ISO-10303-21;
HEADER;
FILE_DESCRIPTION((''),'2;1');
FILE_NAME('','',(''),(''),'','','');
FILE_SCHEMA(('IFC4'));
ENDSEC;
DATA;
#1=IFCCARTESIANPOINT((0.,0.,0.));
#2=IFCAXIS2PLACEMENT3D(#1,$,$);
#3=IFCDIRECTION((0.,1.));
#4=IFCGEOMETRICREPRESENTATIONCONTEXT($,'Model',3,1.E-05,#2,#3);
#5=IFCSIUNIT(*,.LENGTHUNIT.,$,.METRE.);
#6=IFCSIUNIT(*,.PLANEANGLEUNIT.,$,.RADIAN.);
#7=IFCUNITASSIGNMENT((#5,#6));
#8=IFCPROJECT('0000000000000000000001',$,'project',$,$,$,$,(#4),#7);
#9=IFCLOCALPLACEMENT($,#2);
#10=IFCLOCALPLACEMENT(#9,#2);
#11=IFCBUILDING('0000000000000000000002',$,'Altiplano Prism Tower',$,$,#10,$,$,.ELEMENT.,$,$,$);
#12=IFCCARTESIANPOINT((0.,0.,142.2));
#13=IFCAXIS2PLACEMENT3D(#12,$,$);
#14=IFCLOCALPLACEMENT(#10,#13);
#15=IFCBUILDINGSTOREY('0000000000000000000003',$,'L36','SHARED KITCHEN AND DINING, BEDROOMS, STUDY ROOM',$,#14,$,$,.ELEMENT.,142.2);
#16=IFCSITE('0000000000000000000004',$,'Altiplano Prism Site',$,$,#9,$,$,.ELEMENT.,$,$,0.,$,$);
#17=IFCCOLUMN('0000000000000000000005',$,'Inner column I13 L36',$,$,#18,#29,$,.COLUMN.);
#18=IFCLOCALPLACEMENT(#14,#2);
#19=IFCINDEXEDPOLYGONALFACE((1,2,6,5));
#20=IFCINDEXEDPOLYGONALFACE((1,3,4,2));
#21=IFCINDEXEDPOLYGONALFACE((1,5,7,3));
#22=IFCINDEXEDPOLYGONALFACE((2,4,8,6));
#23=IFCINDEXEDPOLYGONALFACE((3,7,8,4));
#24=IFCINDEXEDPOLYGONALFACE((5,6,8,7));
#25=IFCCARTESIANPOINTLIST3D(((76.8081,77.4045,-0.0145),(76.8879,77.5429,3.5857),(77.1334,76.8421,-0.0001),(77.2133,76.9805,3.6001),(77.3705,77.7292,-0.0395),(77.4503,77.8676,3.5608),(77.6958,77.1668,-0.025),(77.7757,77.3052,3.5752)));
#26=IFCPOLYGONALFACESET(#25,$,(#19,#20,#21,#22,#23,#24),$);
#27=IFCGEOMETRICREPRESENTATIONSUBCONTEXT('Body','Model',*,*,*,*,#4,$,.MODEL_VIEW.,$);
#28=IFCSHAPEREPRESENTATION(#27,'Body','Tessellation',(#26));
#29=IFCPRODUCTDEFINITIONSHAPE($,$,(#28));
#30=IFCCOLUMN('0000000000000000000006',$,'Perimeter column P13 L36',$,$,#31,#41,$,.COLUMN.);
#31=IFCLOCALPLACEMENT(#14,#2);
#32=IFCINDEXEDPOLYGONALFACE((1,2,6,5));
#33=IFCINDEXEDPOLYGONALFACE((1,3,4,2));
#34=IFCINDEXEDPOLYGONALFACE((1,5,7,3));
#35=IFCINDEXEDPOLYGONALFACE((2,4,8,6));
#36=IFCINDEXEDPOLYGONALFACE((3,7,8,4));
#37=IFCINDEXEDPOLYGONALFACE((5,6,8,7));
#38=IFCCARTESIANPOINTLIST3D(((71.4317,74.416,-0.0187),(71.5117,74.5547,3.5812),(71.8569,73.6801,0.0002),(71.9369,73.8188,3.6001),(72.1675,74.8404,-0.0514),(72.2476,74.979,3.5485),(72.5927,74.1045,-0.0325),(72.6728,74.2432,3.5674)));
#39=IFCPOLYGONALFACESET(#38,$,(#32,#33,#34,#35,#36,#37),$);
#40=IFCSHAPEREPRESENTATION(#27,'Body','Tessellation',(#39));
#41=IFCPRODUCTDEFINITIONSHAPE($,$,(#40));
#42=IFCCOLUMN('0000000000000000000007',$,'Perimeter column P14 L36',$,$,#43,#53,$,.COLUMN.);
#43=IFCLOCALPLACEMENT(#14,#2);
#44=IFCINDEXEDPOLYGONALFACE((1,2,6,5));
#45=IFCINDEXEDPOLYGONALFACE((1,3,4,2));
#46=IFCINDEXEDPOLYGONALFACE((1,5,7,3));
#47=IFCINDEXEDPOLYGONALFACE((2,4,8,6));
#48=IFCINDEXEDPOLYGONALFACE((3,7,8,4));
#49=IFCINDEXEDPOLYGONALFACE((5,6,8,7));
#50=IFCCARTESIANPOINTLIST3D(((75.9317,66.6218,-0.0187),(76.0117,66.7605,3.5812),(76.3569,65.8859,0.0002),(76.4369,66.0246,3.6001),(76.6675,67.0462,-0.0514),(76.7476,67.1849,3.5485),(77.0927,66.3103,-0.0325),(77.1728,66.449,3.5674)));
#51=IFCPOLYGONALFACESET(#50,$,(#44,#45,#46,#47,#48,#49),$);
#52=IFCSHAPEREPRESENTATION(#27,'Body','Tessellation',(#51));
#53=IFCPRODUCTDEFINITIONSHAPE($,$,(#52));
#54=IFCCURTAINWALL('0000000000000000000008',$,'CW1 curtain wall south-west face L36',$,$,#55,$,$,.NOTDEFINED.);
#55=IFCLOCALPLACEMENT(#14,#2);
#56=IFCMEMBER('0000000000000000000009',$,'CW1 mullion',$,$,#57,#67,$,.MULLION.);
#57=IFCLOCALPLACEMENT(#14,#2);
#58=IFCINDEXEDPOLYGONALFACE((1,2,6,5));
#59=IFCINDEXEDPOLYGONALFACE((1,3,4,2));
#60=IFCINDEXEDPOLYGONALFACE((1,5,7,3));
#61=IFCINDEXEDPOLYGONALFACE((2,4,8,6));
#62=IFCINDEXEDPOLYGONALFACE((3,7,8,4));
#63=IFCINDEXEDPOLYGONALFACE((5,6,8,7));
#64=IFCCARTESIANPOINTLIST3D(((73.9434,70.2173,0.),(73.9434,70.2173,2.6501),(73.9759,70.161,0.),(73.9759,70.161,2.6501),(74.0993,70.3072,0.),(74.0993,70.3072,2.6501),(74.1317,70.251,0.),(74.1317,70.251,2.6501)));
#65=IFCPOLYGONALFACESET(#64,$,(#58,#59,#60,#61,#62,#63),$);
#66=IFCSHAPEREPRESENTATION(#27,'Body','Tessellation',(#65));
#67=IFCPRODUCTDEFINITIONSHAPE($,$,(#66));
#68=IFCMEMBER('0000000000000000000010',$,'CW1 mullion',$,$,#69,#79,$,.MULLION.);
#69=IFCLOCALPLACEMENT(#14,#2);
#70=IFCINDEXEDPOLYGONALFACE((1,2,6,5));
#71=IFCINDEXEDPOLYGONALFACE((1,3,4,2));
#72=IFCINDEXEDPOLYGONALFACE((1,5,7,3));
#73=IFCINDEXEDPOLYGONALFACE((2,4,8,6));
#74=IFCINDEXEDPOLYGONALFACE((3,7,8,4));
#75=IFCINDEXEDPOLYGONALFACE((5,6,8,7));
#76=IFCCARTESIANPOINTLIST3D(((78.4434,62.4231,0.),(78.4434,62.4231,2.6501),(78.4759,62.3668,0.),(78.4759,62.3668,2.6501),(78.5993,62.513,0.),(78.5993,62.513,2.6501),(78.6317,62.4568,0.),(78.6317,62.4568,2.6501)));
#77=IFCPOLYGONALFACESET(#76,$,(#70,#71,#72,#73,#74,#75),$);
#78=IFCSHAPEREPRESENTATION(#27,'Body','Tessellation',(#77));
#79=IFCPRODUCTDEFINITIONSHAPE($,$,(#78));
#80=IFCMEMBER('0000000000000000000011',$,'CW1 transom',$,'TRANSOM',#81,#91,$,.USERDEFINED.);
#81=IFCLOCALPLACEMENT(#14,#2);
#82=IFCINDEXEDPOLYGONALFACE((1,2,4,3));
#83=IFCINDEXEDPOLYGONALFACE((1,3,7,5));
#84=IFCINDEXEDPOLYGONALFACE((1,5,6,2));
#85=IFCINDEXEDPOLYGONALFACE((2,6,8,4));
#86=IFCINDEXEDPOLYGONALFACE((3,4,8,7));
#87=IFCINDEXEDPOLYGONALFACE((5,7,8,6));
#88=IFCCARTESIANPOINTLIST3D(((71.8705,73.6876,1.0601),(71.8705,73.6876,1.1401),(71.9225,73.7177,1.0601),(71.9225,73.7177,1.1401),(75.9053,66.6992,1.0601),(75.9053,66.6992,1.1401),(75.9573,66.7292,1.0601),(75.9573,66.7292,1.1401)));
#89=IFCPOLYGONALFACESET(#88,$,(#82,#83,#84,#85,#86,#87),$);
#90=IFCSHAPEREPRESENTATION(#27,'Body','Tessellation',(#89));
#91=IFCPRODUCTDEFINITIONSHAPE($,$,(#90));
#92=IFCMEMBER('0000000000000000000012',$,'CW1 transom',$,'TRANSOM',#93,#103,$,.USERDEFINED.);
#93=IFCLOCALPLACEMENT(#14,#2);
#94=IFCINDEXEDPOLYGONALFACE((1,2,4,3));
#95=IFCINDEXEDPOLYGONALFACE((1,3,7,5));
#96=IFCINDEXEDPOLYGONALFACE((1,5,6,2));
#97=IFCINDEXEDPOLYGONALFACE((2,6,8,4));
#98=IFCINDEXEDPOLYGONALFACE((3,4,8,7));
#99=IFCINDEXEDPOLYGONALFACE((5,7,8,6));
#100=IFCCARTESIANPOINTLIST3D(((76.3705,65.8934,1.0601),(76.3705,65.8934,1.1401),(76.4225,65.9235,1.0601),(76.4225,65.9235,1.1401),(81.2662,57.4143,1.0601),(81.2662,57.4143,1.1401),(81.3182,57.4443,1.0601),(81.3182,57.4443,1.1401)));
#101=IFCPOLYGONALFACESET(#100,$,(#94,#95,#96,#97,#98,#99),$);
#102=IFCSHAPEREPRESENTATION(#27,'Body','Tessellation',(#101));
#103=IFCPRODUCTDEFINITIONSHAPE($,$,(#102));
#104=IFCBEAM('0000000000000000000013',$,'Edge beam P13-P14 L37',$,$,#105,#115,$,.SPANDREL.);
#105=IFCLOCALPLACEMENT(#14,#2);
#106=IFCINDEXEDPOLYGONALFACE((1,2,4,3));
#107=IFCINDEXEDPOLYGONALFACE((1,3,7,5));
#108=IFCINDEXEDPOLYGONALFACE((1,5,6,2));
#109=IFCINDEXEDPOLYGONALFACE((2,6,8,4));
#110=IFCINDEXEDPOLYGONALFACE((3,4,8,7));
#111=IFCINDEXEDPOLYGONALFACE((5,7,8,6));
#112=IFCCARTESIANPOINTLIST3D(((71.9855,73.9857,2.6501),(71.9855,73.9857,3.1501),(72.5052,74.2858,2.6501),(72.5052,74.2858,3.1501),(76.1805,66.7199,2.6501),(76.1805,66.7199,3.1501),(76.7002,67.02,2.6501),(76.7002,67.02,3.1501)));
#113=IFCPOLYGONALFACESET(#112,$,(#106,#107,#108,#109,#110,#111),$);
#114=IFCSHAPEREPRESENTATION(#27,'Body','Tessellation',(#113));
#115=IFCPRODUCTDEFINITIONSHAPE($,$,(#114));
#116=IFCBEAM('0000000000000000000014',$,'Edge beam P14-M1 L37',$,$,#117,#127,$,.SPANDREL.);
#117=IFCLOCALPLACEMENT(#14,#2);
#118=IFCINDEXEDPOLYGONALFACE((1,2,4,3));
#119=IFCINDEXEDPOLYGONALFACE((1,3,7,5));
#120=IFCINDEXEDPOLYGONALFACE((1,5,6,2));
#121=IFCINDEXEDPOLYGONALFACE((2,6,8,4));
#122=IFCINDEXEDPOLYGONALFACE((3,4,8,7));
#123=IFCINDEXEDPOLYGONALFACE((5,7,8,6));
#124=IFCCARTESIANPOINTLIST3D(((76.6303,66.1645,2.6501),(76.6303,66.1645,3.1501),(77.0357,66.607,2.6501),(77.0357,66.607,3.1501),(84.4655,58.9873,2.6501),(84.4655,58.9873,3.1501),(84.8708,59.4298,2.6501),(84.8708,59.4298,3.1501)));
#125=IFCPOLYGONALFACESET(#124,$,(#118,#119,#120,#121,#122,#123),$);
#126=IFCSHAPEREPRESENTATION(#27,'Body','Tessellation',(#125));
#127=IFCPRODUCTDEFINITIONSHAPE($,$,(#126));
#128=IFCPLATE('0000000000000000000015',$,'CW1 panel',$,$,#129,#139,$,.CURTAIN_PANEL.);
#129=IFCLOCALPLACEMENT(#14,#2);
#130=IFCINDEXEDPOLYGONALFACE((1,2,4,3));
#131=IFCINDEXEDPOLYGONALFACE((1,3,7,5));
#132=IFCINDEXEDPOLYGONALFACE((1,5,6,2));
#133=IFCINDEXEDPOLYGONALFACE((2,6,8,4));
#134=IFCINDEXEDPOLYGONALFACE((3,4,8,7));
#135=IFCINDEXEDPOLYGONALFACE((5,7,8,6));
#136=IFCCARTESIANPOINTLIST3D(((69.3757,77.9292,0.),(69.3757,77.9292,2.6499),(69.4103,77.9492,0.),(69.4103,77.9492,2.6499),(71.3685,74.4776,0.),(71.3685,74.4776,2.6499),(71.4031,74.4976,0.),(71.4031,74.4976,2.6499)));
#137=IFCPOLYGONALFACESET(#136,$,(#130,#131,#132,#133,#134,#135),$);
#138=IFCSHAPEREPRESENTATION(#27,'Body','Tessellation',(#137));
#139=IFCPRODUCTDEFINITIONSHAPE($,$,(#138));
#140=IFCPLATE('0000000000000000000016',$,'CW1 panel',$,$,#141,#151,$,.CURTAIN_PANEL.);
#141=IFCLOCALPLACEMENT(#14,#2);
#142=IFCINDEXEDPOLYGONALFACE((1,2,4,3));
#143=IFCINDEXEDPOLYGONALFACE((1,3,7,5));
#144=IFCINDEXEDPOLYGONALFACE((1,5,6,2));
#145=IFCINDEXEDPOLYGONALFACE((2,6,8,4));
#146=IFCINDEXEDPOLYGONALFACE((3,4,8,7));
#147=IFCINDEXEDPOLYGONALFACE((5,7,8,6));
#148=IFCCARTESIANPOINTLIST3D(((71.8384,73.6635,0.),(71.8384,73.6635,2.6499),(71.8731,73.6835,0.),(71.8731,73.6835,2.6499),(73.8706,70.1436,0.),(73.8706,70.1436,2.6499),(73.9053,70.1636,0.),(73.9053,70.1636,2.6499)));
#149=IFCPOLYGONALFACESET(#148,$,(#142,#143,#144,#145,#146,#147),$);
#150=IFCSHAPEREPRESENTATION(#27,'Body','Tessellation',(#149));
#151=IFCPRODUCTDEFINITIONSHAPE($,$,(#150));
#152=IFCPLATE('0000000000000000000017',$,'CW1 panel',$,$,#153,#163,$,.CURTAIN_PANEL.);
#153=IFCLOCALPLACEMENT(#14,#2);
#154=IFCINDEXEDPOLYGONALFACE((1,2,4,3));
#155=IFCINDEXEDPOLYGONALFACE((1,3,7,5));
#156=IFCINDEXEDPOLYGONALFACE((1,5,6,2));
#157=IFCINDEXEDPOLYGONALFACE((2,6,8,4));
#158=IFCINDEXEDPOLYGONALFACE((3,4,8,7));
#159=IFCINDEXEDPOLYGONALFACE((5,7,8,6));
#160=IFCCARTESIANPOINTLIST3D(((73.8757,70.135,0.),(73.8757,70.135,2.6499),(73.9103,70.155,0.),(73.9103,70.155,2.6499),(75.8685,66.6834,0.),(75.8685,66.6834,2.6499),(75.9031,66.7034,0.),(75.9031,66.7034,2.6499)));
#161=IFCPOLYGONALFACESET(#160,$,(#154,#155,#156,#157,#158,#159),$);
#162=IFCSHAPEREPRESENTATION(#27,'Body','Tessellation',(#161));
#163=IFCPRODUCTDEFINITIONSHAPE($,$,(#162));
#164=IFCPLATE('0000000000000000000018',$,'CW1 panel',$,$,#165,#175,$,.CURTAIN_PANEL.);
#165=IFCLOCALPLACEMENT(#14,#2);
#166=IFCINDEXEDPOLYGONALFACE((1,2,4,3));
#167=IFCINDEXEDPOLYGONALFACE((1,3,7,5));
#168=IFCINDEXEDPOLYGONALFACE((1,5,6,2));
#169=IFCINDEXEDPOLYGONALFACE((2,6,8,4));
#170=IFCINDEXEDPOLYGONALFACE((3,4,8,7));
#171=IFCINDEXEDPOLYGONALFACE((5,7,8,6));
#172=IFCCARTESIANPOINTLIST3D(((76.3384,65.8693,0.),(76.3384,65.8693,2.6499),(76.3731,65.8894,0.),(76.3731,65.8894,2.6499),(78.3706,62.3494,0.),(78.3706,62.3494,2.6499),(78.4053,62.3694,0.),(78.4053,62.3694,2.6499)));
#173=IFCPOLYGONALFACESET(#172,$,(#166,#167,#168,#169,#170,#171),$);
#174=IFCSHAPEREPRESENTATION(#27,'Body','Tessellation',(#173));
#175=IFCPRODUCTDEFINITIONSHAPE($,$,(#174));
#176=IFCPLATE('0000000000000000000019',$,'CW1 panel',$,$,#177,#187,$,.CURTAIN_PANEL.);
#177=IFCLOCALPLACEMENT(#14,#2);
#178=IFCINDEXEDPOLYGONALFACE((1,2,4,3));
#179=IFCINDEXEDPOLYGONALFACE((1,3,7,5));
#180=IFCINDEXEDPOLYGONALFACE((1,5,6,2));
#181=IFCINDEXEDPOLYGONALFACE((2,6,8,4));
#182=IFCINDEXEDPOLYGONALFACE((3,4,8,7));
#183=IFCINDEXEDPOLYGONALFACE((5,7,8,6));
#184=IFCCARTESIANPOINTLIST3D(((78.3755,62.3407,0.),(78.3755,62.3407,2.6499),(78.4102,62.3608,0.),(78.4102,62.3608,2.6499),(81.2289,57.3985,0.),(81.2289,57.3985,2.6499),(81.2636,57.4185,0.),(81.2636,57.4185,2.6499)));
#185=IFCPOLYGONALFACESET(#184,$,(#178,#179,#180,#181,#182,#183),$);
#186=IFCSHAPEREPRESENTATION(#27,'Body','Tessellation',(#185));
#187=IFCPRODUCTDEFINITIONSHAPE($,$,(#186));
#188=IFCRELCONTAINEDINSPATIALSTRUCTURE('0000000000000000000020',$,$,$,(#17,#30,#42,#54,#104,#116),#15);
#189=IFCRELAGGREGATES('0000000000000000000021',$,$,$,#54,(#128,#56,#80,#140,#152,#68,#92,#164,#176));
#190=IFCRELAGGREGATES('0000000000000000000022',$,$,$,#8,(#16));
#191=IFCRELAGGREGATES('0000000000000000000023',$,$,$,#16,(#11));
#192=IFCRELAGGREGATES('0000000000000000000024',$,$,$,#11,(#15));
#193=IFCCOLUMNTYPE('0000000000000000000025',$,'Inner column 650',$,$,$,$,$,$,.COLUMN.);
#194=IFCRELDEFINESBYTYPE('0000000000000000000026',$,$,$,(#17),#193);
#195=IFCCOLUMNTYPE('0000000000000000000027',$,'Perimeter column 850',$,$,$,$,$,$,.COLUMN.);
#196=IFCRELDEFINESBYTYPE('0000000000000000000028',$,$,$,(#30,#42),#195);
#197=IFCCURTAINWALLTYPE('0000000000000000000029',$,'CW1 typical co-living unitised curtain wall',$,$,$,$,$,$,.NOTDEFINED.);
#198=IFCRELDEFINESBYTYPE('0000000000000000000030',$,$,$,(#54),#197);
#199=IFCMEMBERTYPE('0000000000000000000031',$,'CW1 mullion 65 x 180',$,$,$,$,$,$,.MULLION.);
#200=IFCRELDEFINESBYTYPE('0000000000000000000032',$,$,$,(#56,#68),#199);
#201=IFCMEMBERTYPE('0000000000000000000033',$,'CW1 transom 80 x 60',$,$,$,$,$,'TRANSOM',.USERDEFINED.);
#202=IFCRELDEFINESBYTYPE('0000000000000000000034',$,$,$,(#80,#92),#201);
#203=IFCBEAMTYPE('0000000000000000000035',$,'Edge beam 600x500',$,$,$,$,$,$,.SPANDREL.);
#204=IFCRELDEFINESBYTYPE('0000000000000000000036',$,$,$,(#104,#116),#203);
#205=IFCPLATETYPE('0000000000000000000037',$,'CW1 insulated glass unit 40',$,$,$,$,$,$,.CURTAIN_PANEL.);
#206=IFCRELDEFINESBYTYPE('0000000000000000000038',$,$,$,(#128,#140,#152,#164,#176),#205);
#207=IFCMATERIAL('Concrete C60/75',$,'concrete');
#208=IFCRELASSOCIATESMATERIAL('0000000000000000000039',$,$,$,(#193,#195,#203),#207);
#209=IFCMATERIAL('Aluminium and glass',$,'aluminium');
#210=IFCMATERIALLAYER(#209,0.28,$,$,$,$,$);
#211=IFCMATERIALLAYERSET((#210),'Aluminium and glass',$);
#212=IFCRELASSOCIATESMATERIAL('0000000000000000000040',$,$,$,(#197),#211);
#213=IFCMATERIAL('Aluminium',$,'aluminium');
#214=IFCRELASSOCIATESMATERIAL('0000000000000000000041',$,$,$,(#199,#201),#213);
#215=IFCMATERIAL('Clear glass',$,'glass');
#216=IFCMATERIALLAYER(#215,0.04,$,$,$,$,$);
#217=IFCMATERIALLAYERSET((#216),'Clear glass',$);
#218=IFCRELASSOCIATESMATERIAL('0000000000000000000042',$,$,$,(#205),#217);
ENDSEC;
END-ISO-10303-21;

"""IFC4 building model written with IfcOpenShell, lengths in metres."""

from ifc_helpers import new_model, si_unit, direction, frame, origin, origin_2d, place, context, subcontext, project, spatial, rectangle, extrude, material, layer, layer_set, material_profile, profile_set, type_object, element, aggregate, save


model = new_model("IFC4")

# Units and contexts
model_context = context("Model", 3, precision=1e-05, world=origin(), true_north=direction((0.0, 1.0)))
body_context = subcontext(model_context, "Body", "Model", "MODEL_VIEW")
ifc_project = project(units=[si_unit("LENGTHUNIT", "METRE"), si_unit("PLANEANGLEUNIT", "RADIAN")], contexts=[model_context])

# Site, building, storey
site_placement = place(None, origin())
site = spatial("IfcSite", under=ifc_project, at=site_placement, Name="Altiplano Prism Site", CompositionType="ELEMENT", RefElevation=0.0)
building_placement = place(site_placement, origin())
building = spatial("IfcBuilding", under=site, at=building_placement, Name="Altiplano Prism Tower", CompositionType="ELEMENT")
storey_placement = place(building_placement, frame((0.0, 0.0, 142.2)))
storey = spatial("IfcBuildingStorey", under=building, at=storey_placement, Name="L36", Description="SHARED KITCHEN AND DINING, BEDROOMS, STUDY ROOM", CompositionType="ELEMENT", Elevation=142.2)

# Columns
ifc_material_1 = material(Name="Concrete C60/75", Category="concrete")
ifc_material_profile_1 = material_profile(ifc_material_1, rectangle(XDim=0.6499, YDim=0.6499, at=origin_2d()), Name="Inner column 650")
ifc_profile_set_1 = profile_set([ifc_material_profile_1], Name="Concrete C60/75")
column_type_1 = type_object("IfcColumnType", Name="Inner column 650", PredefinedType="COLUMN", material=ifc_profile_set_1)
column_placement = place(storey_placement, frame((77.252, 77.2856, -0.0198), z_axis=(0.022154, 0.038413, 0.999016), x_axis=(-0.865362, -0.499674, 0.038403)))
element("IfcColumn", 1, at=column_placement, inside=storey, type_object=column_type_1, Name="Inner column I13 L36", PredefinedType="COLUMN", context=body_context, shape_type="SweptSolid", body=[
    extrude(rectangle(XDim=0.6499, YDim=0.6499, at=origin_2d()), origin(), (0.0, 0.0, 1.0), 3.6038),
])
ifc_material_profile_2 = material_profile(ifc_material_1, rectangle(XDim=0.8501, YDim=0.8501, at=origin_2d()), Name="Perimeter column 850")
ifc_profile_set_2 = profile_set([ifc_material_profile_2], Name="Concrete C60/75")
column_type_2 = type_object("IfcColumnType", Name="Perimeter column 850", PredefinedType="COLUMN", material=ifc_profile_set_2)
for number, where, z_axis, x_axis, name in (
    (2, (72.0122, 74.2603, -0.0256), (0.022223, 0.038483, 0.999012), (-0.865639, -0.499187, 0.038485), "Perimeter column P13 L36"),
    (3, (76.5122, 66.4661, -0.0256), (0.022223, 0.038483, 0.999012), (-0.865639, -0.499187, 0.038485), "Perimeter column P14 L36"),
):
    element("IfcColumn", number, at=place(storey_placement, frame(where, z_axis=z_axis, x_axis=x_axis)), inside=storey, type_object=column_type_2, Name=name, PredefinedType="COLUMN", context=body_context, shape_type="SweptSolid", body=[
        extrude(rectangle(XDim=0.8501, YDim=0.8501, at=origin_2d()), origin(), (0.0, 0.0, 1.0), 3.6035),
    ])

# Curtain wall, members
ifc_material_2 = material(Name="Aluminium and glass", Category="aluminium")
ifc_layer_1 = layer(ifc_material_2, 0.28)
ifc_layer_set_1 = layer_set([ifc_layer_1], Name="Aluminium and glass")
curtain_wall_type = type_object("IfcCurtainWallType", Name="CW1 typical co-living unitised curtain wall", PredefinedType="NOTDEFINED", material=ifc_layer_set_1)
curtain_wall_placement = place(storey_placement, origin())
curtain_wall = element("IfcCurtainWall", 4, at=curtain_wall_placement, inside=storey, type_object=curtain_wall_type, Name="CW1 curtain wall south-west face L36", PredefinedType="NOTDEFINED")
ifc_material_3 = material(Name="Aluminium", Category="aluminium")
ifc_material_profile_3 = material_profile(ifc_material_3, rectangle(XDim=0.1799, YDim=0.0649, at=origin_2d()), Name="CW1 mullion 65 x 180")
ifc_profile_set_3 = profile_set([ifc_material_profile_3], Name="Aluminium")
member_type_1 = type_object("IfcMemberType", Name="CW1 mullion 65 x 180", PredefinedType="MULLION", material=ifc_profile_set_3)
member_1_placement = place(storey_placement, frame((74.0376, 70.2341, 0.0), z_axis=(0.0, 0.0, 1.0), x_axis=(0.866025, 0.5, 0.0)))
member_1 = element("IfcMember", 5, at=member_1_placement, type_object=member_type_1, Name="CW1 mullion", PredefinedType="MULLION", context=body_context, shape_type="SweptSolid", body=[
    extrude(rectangle(XDim=0.1799, YDim=0.0649, at=origin_2d()), origin(), (0.0, 0.0, 1.0), 2.6501),
])
member_2_placement = place(storey_placement, frame((78.5376, 62.4399, 0.0), z_axis=(0.0, 0.0, 1.0), x_axis=(0.866025, 0.5, 0.0)))
member_2 = element("IfcMember", 6, at=member_2_placement, type_object=member_type_1, Name="CW1 mullion", PredefinedType="MULLION", context=body_context, shape_type="SweptSolid", body=[
    extrude(rectangle(XDim=0.1799, YDim=0.0649, at=origin_2d()), origin(), (0.0, 0.0, 1.0), 2.6501),
])
ifc_material_profile_4 = material_profile(ifc_material_3, rectangle(XDim=0.0601, YDim=0.0801, at=origin_2d()), Name="CW1 transom 80 x 60")
ifc_profile_set_4 = profile_set([ifc_material_profile_4], Name="Aluminium")
member_type_2 = type_object("IfcMemberType", Name="CW1 transom 80 x 60", ElementType="TRANSOM", PredefinedType="USERDEFINED", material=ifc_profile_set_4)
member_3_placement = place(storey_placement, frame((71.8965, 73.7026, 1.1001), z_axis=(0.500008, -0.866021, 0.0), x_axis=(0.866021, 0.500008, 0.0)))
member_3 = element("IfcMember", 7, at=member_3_placement, type_object=member_type_2, Name="CW1 transom", ObjectType="TRANSOM", PredefinedType="USERDEFINED", context=body_context, shape_type="SweptSolid", body=[
    extrude(rectangle(XDim=0.0601, YDim=0.0801, at=origin_2d()), origin(), (0.0, 0.0, 1.0), 8.0696),
])
member_4_placement = place(storey_placement, frame((76.3965, 65.9084, 1.1001), z_axis=(0.50002, -0.866014, 0.0), x_axis=(0.866014, 0.50002, 0.0)))
member_4 = element("IfcMember", 8, at=member_4_placement, type_object=member_type_2, Name="CW1 transom", ObjectType="TRANSOM", PredefinedType="USERDEFINED", context=body_context, shape_type="SweptSolid", body=[
    extrude(rectangle(XDim=0.0601, YDim=0.0801, at=origin_2d()), origin(), (0.0, 0.0, 1.0), 9.791),
])

# Beams
ifc_material_profile_5 = material_profile(ifc_material_1, rectangle(XDim=0.6001, YDim=0.5, at=origin_2d()), Name="Edge beam 600x500")
ifc_profile_set_5 = profile_set([ifc_material_profile_5], Name="Concrete C60/75")
beam_type = type_object("IfcBeamType", Name="Edge beam 600x500", PredefinedType="SPANDREL", material=ifc_profile_set_5)
beam_1_placement = place(storey_placement, frame((72.2454, 74.1357, 2.9001), z_axis=(0.50001, -0.866019, 0.0), x_axis=(0.866019, 0.50001, 0.0)))
element("IfcBeam", 9, at=beam_1_placement, inside=storey, type_object=beam_type, Name="Edge beam P13-P14 L37", PredefinedType="SPANDREL", context=body_context, shape_type="SweptSolid", body=[
    extrude(rectangle(XDim=0.6001, YDim=0.5, at=origin_2d()), origin(), (0.0, 0.0, 1.0), 8.3899),
])
beam_2_placement = place(storey_placement, frame((76.833, 66.3857, 2.9001), z_axis=(0.73739, -0.675468, 0.0), x_axis=(0.675468, 0.73739, 0.0)))
element("IfcBeam", 10, at=beam_2_placement, inside=storey, type_object=beam_type, Name="Edge beam P14-M1 L37", PredefinedType="SPANDREL", context=body_context, shape_type="SweptSolid", body=[
    extrude(rectangle(XDim=0.6001, YDim=0.5, at=origin_2d()), origin(), (0.0, 0.0, 1.0), 10.6255),
])

# Plates
ifc_material_4 = material(Name="Clear glass", Category="glass")
ifc_layer_2 = layer(ifc_material_4, 0.04)
ifc_layer_set_2 = layer_set([ifc_layer_2], Name="Clear glass")
plate_type = type_object("IfcPlateType", Name="CW1 insulated glass unit 40", PredefinedType="CURTAIN_PANEL", material=ifc_layer_set_2)
plate_1_placement = place(storey_placement, frame((70.3894, 76.2134, 0.0), z_axis=(0.0, 0.0, 1.0), x_axis=(0.5, -0.866025, 0.0)))
plate_1 = element("IfcPlate", 11, at=plate_1_placement, type_object=plate_type, Name="CW1 panel", PredefinedType="CURTAIN_PANEL", context=body_context, shape_type="SweptSolid", body=[
    extrude(rectangle(XDim=3.9856, YDim=0.04, at=origin_2d()), origin(), (0.0, 0.0, 1.0), 2.6499),
])
plate_2_placement = place(storey_placement, frame((72.8718, 71.9136, 0.0), z_axis=(0.0, 0.0, 1.0), x_axis=(0.5, -0.866025, 0.0)))
plate_2 = element("IfcPlate", 12, at=plate_2_placement, type_object=plate_type, Name="CW1 panel", PredefinedType="CURTAIN_PANEL", context=body_context, shape_type="SweptSolid", body=[
    extrude(rectangle(XDim=4.0645, YDim=0.04, at=origin_2d()), origin(), (0.0, 0.0, 1.0), 2.6499),
])
plate_3_placement = place(storey_placement, frame((74.8894, 68.4192, 0.0), z_axis=(0.0, 0.0, 1.0), x_axis=(0.5, -0.866025, 0.0)))
plate_3 = element("IfcPlate", 13, at=plate_3_placement, type_object=plate_type, Name="CW1 panel", PredefinedType="CURTAIN_PANEL", context=body_context, shape_type="SweptSolid", body=[
    extrude(rectangle(XDim=3.9856, YDim=0.04, at=origin_2d()), origin(), (0.0, 0.0, 1.0), 2.6499),
])
plate_4_placement = place(storey_placement, frame((77.3718, 64.1194, 0.0), z_axis=(0.0, 0.0, 1.0), x_axis=(0.5, -0.866025, 0.0)))
plate_4 = element("IfcPlate", 14, at=plate_4_placement, type_object=plate_type, Name="CW1 panel", PredefinedType="CURTAIN_PANEL", context=body_context, shape_type="SweptSolid", body=[
    extrude(rectangle(XDim=4.0645, YDim=0.04, at=origin_2d()), origin(), (0.0, 0.0, 1.0), 2.6499),
])
plate_5_placement = place(storey_placement, frame((79.8196, 59.8796, 0.0), z_axis=(0.0, 0.0, 1.0), x_axis=(0.5, -0.866025, 0.0)))
plate_5 = element("IfcPlate", 15, at=plate_5_placement, type_object=plate_type, Name="CW1 panel", PredefinedType="CURTAIN_PANEL", context=body_context, shape_type="SweptSolid", body=[
    extrude(rectangle(XDim=5.7068, YDim=0.04, at=origin_2d()), origin(), (0.0, 0.0, 1.0), 2.6499),
])
aggregate(curtain_wall, [plate_1, member_1, member_3, plate_2, plate_3, member_2, member_4, plate_4, plate_5])

save(model, "model.ifc")
